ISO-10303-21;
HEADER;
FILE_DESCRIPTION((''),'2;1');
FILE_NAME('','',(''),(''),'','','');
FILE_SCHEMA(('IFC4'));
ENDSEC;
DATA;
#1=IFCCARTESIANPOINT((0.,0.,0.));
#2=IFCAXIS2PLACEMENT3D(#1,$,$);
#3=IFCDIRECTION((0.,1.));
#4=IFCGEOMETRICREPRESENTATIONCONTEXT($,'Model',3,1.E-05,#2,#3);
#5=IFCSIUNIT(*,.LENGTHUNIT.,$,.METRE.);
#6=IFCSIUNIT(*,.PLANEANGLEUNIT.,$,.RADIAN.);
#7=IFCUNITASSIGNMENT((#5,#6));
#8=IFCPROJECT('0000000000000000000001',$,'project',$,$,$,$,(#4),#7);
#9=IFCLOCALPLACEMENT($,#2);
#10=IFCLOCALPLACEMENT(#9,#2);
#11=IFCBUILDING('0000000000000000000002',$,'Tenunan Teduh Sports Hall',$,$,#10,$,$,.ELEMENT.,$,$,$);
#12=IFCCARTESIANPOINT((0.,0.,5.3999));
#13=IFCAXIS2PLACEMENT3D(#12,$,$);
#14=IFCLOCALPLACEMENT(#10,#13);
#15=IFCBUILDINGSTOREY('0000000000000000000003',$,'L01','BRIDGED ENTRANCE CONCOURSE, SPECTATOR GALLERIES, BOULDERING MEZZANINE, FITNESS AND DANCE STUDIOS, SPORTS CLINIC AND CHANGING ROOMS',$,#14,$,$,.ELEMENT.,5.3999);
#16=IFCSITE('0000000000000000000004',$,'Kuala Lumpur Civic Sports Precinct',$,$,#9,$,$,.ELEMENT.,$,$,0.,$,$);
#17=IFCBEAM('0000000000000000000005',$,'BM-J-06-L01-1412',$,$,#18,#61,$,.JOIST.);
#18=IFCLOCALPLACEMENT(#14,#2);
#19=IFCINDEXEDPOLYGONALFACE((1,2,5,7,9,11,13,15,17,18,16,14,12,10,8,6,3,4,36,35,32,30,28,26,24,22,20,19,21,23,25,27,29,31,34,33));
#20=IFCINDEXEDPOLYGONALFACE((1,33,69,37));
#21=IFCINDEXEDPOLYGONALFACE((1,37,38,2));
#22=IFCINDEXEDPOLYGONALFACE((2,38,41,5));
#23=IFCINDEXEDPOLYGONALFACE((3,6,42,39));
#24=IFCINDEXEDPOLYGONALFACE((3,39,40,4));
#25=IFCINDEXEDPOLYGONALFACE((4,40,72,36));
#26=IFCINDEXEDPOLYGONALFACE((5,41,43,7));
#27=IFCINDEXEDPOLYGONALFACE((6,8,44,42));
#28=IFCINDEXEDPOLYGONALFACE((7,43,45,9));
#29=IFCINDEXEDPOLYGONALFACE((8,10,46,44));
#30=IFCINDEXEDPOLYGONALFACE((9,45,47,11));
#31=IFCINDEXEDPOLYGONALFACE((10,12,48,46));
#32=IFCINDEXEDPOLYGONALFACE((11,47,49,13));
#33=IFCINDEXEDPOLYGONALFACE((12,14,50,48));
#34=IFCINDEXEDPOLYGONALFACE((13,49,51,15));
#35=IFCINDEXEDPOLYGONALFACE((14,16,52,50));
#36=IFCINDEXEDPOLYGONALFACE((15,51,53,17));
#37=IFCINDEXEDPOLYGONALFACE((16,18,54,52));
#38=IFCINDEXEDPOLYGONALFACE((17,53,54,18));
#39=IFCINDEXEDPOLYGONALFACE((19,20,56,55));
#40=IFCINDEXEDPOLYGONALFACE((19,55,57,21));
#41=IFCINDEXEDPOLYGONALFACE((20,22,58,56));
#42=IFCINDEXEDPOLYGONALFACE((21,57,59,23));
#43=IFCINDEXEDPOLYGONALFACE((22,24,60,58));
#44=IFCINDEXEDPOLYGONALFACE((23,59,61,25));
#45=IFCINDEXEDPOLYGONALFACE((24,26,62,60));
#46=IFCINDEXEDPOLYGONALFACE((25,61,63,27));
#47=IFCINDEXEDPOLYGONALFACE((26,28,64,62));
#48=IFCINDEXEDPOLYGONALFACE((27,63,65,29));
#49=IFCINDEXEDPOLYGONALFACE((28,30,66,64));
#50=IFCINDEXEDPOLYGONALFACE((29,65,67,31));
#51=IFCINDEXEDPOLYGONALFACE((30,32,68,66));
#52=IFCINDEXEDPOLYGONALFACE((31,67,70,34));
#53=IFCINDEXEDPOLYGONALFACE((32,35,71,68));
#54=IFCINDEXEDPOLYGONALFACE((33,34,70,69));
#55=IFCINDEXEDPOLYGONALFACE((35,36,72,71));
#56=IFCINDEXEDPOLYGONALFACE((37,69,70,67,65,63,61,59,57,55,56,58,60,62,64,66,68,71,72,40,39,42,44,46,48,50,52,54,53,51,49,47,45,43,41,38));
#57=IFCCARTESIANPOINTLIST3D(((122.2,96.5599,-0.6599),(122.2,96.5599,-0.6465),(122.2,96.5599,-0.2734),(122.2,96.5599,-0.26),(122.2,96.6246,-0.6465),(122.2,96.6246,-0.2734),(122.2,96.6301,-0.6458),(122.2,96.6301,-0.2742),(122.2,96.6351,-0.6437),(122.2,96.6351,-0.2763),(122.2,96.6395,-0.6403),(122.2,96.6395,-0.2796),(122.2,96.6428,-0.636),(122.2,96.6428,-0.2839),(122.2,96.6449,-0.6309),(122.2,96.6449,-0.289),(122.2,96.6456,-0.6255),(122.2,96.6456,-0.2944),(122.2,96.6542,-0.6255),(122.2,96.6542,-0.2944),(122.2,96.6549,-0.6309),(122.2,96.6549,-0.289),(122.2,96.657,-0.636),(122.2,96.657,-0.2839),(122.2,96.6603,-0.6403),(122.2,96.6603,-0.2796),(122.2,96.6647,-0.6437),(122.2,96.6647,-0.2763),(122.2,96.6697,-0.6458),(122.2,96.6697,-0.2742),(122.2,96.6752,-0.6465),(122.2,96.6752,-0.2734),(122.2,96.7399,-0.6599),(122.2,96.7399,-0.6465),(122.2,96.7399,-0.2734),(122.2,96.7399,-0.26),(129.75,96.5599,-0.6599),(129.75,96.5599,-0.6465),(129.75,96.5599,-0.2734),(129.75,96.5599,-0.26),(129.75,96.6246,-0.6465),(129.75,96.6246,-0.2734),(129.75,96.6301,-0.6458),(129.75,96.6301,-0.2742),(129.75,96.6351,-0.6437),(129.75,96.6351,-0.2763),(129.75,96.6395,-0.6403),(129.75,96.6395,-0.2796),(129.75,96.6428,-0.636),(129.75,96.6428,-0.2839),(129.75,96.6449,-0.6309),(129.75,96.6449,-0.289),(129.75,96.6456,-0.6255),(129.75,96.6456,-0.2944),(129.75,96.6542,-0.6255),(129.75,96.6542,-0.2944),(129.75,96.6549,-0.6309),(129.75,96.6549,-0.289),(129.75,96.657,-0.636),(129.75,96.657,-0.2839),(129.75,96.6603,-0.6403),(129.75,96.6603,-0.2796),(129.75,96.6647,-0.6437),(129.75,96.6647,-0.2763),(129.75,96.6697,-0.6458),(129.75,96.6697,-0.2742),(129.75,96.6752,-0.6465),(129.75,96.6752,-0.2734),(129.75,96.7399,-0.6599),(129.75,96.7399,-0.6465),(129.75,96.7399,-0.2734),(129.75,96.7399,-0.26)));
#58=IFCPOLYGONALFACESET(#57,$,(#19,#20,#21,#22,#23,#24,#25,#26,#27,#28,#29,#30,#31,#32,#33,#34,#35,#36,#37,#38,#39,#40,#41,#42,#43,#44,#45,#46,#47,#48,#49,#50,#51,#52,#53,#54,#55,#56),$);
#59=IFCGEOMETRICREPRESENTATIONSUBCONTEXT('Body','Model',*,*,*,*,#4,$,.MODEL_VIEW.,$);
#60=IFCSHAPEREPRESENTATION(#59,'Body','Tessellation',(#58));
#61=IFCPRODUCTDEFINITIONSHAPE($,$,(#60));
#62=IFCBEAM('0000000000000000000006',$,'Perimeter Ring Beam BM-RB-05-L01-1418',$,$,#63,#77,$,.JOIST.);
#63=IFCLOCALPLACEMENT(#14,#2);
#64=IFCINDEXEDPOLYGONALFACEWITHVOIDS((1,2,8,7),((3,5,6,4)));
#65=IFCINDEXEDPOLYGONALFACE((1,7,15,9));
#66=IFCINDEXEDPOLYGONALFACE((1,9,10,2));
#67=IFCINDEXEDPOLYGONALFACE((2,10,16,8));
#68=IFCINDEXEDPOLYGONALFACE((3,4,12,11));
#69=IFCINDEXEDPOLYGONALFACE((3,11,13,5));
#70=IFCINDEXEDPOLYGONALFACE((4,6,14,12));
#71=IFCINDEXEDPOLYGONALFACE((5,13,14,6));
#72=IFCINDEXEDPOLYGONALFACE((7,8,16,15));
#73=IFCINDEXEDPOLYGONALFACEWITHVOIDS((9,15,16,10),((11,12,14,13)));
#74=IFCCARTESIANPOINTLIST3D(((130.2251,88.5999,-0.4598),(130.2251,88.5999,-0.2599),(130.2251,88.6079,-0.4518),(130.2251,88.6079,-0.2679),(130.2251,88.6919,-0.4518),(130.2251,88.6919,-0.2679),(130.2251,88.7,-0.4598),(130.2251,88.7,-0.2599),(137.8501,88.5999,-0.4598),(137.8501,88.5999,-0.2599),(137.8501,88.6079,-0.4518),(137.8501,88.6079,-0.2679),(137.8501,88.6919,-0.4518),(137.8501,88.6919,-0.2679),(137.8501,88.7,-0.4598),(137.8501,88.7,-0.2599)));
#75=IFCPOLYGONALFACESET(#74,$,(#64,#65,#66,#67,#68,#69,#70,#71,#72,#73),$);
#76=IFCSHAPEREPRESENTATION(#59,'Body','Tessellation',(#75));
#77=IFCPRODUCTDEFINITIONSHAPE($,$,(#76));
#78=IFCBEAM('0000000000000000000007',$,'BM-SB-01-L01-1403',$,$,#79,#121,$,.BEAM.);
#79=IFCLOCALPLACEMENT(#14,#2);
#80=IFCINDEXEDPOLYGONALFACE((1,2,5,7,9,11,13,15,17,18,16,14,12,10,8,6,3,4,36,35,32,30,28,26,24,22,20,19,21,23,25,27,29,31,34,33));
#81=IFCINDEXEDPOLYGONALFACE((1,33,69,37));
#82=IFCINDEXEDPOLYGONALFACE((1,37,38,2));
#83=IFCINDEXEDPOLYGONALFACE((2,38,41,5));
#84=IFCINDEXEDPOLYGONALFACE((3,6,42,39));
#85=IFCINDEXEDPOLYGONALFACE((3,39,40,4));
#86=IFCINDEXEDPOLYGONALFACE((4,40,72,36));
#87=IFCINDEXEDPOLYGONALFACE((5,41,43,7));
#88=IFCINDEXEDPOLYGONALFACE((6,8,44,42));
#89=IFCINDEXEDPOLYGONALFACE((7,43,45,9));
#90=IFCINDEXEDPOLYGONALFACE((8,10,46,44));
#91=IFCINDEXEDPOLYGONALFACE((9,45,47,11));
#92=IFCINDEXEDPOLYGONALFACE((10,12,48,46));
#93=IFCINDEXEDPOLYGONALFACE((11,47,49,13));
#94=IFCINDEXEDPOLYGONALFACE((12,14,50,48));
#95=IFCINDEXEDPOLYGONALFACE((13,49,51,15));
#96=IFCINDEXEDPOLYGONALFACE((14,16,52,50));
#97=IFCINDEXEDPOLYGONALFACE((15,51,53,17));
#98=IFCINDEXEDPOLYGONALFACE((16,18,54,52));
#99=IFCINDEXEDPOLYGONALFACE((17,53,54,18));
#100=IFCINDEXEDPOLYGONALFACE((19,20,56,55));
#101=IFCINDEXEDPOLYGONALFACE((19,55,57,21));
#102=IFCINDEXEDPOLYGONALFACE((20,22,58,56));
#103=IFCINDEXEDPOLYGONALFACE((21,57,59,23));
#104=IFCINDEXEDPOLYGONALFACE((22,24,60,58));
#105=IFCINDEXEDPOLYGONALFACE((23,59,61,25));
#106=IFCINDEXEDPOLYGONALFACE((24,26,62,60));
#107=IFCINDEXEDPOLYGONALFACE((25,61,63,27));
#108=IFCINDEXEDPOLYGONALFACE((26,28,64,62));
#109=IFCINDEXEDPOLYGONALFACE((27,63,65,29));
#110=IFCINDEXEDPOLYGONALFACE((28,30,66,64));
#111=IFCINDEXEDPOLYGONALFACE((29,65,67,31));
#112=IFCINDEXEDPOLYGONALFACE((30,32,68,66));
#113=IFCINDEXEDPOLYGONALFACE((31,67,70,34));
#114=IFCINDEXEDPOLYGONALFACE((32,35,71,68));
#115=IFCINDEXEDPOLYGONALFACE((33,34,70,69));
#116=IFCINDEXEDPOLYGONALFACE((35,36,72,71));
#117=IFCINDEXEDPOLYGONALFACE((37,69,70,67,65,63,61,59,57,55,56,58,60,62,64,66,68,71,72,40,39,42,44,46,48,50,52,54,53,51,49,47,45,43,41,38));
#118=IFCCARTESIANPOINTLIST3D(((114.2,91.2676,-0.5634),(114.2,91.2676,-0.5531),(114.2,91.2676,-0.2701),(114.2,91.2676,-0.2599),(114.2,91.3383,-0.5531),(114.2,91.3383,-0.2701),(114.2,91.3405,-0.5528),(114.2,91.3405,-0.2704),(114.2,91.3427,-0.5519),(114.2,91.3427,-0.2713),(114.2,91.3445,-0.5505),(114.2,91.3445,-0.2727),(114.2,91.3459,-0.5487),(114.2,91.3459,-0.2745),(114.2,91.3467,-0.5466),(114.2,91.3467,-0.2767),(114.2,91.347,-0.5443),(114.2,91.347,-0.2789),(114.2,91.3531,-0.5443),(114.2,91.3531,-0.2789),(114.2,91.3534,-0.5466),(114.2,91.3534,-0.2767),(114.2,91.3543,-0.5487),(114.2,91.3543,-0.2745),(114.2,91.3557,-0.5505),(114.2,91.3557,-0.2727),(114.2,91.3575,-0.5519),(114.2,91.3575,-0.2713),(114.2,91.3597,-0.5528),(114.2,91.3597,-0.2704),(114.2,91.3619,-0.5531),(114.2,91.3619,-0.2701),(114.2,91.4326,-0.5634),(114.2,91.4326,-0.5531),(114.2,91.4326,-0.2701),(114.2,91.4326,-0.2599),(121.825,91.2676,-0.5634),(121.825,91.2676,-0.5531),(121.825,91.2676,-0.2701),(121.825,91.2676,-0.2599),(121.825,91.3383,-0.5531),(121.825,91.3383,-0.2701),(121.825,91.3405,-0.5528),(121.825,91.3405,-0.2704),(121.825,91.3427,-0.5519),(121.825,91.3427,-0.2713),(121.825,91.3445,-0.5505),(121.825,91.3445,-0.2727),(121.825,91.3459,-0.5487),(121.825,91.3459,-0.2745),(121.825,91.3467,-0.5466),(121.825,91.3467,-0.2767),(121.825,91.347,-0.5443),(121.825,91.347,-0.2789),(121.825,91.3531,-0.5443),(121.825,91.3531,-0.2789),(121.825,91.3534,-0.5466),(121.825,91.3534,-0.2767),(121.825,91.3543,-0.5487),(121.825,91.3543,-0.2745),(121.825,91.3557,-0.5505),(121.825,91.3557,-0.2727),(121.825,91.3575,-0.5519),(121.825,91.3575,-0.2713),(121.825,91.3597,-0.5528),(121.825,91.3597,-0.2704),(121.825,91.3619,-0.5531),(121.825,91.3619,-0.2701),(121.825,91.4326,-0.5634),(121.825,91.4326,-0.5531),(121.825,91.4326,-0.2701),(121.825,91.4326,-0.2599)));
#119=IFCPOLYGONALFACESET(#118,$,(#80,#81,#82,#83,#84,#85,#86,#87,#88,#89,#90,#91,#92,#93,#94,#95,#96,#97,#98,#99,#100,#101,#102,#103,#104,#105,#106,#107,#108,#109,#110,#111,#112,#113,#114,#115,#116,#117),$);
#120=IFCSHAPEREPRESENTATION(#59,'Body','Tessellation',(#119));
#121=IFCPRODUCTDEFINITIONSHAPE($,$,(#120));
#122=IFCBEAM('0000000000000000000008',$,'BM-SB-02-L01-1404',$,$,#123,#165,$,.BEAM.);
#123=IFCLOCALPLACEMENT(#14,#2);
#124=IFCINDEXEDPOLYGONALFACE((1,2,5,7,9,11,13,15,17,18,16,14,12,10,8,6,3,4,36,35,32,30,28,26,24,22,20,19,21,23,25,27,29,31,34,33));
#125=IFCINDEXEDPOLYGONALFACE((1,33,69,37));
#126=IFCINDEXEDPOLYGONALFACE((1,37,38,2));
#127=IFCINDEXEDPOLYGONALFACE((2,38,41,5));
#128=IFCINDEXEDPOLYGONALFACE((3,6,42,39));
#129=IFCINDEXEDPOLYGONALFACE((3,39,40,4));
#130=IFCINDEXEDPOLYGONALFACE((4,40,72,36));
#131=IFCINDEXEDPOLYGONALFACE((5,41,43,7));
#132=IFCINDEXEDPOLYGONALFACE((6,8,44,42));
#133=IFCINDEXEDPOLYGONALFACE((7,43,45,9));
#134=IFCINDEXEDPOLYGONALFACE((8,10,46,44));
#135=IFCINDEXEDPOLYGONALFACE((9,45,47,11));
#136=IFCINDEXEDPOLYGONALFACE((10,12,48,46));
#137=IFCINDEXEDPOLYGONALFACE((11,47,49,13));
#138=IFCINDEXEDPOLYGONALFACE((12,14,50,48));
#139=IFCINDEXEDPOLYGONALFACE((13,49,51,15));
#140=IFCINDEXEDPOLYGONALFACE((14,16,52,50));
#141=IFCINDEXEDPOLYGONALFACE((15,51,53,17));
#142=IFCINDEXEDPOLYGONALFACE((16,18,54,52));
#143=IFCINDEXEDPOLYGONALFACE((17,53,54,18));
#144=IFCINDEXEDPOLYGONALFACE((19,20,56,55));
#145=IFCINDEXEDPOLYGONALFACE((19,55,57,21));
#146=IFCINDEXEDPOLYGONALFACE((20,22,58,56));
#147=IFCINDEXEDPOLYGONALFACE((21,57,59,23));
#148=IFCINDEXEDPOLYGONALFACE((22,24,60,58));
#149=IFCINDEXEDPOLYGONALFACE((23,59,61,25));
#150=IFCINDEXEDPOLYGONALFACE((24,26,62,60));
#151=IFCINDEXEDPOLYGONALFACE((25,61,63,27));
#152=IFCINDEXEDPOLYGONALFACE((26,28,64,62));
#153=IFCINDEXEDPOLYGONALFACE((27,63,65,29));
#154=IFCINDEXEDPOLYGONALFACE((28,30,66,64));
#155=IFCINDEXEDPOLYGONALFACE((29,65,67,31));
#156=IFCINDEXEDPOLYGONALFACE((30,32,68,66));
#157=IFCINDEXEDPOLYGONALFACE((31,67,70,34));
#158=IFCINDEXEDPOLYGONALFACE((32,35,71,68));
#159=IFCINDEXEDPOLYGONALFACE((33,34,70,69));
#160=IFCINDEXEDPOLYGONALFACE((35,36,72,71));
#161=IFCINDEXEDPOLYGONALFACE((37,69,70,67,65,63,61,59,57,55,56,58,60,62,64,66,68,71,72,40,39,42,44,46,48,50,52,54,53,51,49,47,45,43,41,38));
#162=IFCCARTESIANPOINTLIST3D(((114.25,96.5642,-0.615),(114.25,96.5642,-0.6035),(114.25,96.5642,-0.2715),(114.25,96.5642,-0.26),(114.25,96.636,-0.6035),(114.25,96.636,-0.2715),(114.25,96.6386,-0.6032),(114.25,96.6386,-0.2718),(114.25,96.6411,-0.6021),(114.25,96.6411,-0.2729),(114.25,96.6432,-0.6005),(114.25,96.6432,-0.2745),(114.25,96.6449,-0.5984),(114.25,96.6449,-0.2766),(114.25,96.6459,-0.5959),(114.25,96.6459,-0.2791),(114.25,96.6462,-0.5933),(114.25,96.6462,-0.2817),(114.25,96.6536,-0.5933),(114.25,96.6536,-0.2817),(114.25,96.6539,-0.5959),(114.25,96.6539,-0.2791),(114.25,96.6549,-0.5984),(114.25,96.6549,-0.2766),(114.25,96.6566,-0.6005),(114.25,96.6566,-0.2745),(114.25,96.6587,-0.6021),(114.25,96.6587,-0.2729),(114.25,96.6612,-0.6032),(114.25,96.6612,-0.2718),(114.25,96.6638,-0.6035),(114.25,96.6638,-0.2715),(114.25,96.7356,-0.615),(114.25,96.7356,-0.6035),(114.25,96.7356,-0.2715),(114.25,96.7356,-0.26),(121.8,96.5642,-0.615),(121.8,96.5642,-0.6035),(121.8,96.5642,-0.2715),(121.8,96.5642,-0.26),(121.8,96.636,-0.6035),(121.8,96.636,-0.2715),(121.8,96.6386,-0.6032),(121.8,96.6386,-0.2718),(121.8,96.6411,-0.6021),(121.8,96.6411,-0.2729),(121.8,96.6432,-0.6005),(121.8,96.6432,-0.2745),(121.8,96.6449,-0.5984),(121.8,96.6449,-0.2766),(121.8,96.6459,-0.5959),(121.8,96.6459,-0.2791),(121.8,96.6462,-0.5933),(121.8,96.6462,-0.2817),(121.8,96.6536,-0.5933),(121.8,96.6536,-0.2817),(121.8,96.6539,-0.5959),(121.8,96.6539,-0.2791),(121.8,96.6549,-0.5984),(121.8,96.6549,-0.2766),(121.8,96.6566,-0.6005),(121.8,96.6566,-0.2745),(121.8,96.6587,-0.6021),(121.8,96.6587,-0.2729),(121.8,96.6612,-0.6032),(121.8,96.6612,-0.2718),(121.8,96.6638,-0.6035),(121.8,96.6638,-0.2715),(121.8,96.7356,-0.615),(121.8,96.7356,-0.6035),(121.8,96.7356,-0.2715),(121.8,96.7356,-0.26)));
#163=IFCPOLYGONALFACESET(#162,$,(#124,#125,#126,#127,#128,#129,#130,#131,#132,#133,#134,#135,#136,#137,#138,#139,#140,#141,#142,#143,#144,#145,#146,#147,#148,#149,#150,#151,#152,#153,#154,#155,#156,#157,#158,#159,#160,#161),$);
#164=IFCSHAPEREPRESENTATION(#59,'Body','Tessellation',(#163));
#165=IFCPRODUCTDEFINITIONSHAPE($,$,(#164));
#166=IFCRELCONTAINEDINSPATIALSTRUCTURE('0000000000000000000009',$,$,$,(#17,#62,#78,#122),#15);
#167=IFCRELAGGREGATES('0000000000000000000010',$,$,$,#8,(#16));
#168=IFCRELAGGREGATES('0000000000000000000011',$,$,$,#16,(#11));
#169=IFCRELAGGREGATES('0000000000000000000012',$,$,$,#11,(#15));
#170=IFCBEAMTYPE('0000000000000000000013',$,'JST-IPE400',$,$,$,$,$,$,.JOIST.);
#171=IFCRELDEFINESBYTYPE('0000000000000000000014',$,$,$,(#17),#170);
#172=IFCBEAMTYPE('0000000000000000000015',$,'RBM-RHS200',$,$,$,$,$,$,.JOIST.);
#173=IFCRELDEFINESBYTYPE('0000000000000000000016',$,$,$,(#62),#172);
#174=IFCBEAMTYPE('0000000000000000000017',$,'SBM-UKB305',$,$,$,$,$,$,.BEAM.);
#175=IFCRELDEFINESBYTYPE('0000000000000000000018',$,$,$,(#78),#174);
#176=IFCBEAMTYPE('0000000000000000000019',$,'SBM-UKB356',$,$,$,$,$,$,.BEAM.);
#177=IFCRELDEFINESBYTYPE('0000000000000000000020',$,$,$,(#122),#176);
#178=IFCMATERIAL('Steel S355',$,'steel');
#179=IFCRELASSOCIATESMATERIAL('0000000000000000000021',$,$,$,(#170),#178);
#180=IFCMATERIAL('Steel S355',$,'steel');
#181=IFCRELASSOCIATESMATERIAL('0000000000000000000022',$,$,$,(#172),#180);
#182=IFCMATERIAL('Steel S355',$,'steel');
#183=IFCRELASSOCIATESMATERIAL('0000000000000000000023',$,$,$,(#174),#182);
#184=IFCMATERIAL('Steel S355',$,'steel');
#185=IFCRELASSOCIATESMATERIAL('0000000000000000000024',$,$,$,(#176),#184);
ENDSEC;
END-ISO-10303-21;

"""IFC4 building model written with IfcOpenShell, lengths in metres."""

from ifc_helpers import new_model, si_unit, direction, frame, origin, origin_2d, place, context, subcontext, project, spatial, hollow_rectangle, i_section, extrude, material, material_profile, profile_set, type_object, element, save


model = new_model("IFC4")

# Units and contexts
model_context = context("Model", 3, precision=1e-05, world=origin(), true_north=direction((0.0, 1.0)))
body_context = subcontext(model_context, "Body", "Model", "MODEL_VIEW")
ifc_project = project(units=[si_unit("LENGTHUNIT", "METRE"), si_unit("PLANEANGLEUNIT", "RADIAN")], contexts=[model_context])

# Site, building, storey
site_placement = place(None, origin())
site = spatial("IfcSite", under=ifc_project, at=site_placement, Name="Kuala Lumpur Civic Sports Precinct", CompositionType="ELEMENT", RefElevation=0.0)
building_placement = place(site_placement, origin())
building = spatial("IfcBuilding", under=site, at=building_placement, Name="Tenunan Teduh Sports Hall", CompositionType="ELEMENT")
storey_placement = place(building_placement, frame((0.0, 0.0, 5.3999)))
storey = spatial("IfcBuildingStorey", under=building, at=storey_placement, Name="L01", Description="BRIDGED ENTRANCE CONCOURSE, SPECTATOR GALLERIES, BOULDERING MEZZANINE, FITNESS AND DANCE STUDIOS, SPORTS CLINIC AND CHANGING ROOMS", CompositionType="ELEMENT", Elevation=5.3999)

# Beams
ifc_material_1 = material(Name="Steel S355", Category="steel")
ifc_material_profile_1 = material_profile(ifc_material_1, i_section(OverallWidth=0.1799, OverallDepth=0.3999, WebThickness=0.0085, FlangeThickness=0.0134, FilletRadius=0.021, at=origin_2d()), Name="IPE 400")
ifc_profile_set_1 = profile_set([ifc_material_profile_1], Name="Steel S355")
beam_type_1 = type_object("IfcBeamType", Name="JST-IPE400", PredefinedType="JOIST", material=ifc_profile_set_1)
beam_1_placement = place(storey_placement, frame((122.2, 96.6499, -0.46), z_axis=(1.0, 0.0, 0.0), x_axis=(0.0, 1.0, 0.0)))
element("IfcBeam", 1, at=beam_1_placement, inside=storey, type_object=beam_type_1, Name="BM-J-06-L01-1412", PredefinedType="JOIST", context=body_context, shape_type="SweptSolid", body=[
    extrude(i_section(OverallWidth=0.1799, OverallDepth=0.3999, WebThickness=0.0085, FlangeThickness=0.0134, FilletRadius=0.021, at=origin_2d()), origin(), (0.0, 0.0, 1.0), 7.55),
])
ifc_material_2 = material(Name="Steel S355", Category="steel")
ifc_material_profile_2 = material_profile(ifc_material_2, hollow_rectangle(XDim=0.1001, YDim=0.2, WallThickness=0.0081, at=origin_2d()), Name="RHS 200x100x8.0")
ifc_profile_set_2 = profile_set([ifc_material_profile_2], Name="Steel S355")
beam_type_2 = type_object("IfcBeamType", Name="RBM-RHS200", PredefinedType="JOIST", material=ifc_profile_set_2)
beam_2_placement = place(storey_placement, frame((130.2251, 88.6499, -0.3599), z_axis=(1.0, 0.0, 0.0), x_axis=(0.0, 1.0, 0.0)))
element("IfcBeam", 2, at=beam_2_placement, inside=storey, type_object=beam_type_2, Name="Perimeter Ring Beam BM-RB-05-L01-1418", PredefinedType="JOIST", context=body_context, shape_type="SweptSolid", body=[
    extrude(hollow_rectangle(XDim=0.1001, YDim=0.2, WallThickness=0.0081, at=origin_2d()), origin(), (0.0, 0.0, 1.0), 7.625),
])
ifc_material_3 = material(Name="Steel S355", Category="steel")
ifc_material_profile_3 = material_profile(ifc_material_3, i_section(OverallWidth=0.165, OverallDepth=0.3035, WebThickness=0.0061, FlangeThickness=0.0103, FilletRadius=0.0088, at=origin_2d()), Name="UKB 305x165x40")
ifc_profile_set_3 = profile_set([ifc_material_profile_3], Name="Steel S355")
beam_type_3 = type_object("IfcBeamType", Name="SBM-UKB305", PredefinedType="BEAM", material=ifc_profile_set_3)
beam_3_placement = place(storey_placement, frame((114.2, 91.3501, -0.4116), z_axis=(1.0, 0.0, 0.0), x_axis=(0.0, 1.0, 0.0)))
element("IfcBeam", 3, at=beam_3_placement, inside=storey, type_object=beam_type_3, Name="BM-SB-01-L01-1403", PredefinedType="BEAM", context=body_context, shape_type="SweptSolid", body=[
    extrude(i_section(OverallWidth=0.165, OverallDepth=0.3035, WebThickness=0.0061, FlangeThickness=0.0103, FilletRadius=0.0088, at=origin_2d()), origin(), (0.0, 0.0, 1.0), 7.625),
])
ifc_material_4 = material(Name="Steel S355", Category="steel")
ifc_material_profile_4 = material_profile(ifc_material_4, i_section(OverallWidth=0.1714, OverallDepth=0.355, WebThickness=0.0073, FlangeThickness=0.0115, FilletRadius=0.0103, at=origin_2d()), Name="UKB 356x171x51")
ifc_profile_set_4 = profile_set([ifc_material_profile_4], Name="Steel S355")
beam_type_4 = type_object("IfcBeamType", Name="SBM-UKB356", PredefinedType="BEAM", material=ifc_profile_set_4)
beam_4_placement = place(storey_placement, frame((114.25, 96.6499, -0.4375), z_axis=(1.0, 0.0, 0.0), x_axis=(0.0, 1.0, 0.0)))
element("IfcBeam", 4, at=beam_4_placement, inside=storey, type_object=beam_type_4, Name="BM-SB-02-L01-1404", PredefinedType="BEAM", context=body_context, shape_type="SweptSolid", body=[
    extrude(i_section(OverallWidth=0.1714, OverallDepth=0.355, WebThickness=0.0073, FlangeThickness=0.0115, FilletRadius=0.0103, at=origin_2d()), origin(), (0.0, 0.0, 1.0), 7.55),
])

save(model, "model.ifc")
